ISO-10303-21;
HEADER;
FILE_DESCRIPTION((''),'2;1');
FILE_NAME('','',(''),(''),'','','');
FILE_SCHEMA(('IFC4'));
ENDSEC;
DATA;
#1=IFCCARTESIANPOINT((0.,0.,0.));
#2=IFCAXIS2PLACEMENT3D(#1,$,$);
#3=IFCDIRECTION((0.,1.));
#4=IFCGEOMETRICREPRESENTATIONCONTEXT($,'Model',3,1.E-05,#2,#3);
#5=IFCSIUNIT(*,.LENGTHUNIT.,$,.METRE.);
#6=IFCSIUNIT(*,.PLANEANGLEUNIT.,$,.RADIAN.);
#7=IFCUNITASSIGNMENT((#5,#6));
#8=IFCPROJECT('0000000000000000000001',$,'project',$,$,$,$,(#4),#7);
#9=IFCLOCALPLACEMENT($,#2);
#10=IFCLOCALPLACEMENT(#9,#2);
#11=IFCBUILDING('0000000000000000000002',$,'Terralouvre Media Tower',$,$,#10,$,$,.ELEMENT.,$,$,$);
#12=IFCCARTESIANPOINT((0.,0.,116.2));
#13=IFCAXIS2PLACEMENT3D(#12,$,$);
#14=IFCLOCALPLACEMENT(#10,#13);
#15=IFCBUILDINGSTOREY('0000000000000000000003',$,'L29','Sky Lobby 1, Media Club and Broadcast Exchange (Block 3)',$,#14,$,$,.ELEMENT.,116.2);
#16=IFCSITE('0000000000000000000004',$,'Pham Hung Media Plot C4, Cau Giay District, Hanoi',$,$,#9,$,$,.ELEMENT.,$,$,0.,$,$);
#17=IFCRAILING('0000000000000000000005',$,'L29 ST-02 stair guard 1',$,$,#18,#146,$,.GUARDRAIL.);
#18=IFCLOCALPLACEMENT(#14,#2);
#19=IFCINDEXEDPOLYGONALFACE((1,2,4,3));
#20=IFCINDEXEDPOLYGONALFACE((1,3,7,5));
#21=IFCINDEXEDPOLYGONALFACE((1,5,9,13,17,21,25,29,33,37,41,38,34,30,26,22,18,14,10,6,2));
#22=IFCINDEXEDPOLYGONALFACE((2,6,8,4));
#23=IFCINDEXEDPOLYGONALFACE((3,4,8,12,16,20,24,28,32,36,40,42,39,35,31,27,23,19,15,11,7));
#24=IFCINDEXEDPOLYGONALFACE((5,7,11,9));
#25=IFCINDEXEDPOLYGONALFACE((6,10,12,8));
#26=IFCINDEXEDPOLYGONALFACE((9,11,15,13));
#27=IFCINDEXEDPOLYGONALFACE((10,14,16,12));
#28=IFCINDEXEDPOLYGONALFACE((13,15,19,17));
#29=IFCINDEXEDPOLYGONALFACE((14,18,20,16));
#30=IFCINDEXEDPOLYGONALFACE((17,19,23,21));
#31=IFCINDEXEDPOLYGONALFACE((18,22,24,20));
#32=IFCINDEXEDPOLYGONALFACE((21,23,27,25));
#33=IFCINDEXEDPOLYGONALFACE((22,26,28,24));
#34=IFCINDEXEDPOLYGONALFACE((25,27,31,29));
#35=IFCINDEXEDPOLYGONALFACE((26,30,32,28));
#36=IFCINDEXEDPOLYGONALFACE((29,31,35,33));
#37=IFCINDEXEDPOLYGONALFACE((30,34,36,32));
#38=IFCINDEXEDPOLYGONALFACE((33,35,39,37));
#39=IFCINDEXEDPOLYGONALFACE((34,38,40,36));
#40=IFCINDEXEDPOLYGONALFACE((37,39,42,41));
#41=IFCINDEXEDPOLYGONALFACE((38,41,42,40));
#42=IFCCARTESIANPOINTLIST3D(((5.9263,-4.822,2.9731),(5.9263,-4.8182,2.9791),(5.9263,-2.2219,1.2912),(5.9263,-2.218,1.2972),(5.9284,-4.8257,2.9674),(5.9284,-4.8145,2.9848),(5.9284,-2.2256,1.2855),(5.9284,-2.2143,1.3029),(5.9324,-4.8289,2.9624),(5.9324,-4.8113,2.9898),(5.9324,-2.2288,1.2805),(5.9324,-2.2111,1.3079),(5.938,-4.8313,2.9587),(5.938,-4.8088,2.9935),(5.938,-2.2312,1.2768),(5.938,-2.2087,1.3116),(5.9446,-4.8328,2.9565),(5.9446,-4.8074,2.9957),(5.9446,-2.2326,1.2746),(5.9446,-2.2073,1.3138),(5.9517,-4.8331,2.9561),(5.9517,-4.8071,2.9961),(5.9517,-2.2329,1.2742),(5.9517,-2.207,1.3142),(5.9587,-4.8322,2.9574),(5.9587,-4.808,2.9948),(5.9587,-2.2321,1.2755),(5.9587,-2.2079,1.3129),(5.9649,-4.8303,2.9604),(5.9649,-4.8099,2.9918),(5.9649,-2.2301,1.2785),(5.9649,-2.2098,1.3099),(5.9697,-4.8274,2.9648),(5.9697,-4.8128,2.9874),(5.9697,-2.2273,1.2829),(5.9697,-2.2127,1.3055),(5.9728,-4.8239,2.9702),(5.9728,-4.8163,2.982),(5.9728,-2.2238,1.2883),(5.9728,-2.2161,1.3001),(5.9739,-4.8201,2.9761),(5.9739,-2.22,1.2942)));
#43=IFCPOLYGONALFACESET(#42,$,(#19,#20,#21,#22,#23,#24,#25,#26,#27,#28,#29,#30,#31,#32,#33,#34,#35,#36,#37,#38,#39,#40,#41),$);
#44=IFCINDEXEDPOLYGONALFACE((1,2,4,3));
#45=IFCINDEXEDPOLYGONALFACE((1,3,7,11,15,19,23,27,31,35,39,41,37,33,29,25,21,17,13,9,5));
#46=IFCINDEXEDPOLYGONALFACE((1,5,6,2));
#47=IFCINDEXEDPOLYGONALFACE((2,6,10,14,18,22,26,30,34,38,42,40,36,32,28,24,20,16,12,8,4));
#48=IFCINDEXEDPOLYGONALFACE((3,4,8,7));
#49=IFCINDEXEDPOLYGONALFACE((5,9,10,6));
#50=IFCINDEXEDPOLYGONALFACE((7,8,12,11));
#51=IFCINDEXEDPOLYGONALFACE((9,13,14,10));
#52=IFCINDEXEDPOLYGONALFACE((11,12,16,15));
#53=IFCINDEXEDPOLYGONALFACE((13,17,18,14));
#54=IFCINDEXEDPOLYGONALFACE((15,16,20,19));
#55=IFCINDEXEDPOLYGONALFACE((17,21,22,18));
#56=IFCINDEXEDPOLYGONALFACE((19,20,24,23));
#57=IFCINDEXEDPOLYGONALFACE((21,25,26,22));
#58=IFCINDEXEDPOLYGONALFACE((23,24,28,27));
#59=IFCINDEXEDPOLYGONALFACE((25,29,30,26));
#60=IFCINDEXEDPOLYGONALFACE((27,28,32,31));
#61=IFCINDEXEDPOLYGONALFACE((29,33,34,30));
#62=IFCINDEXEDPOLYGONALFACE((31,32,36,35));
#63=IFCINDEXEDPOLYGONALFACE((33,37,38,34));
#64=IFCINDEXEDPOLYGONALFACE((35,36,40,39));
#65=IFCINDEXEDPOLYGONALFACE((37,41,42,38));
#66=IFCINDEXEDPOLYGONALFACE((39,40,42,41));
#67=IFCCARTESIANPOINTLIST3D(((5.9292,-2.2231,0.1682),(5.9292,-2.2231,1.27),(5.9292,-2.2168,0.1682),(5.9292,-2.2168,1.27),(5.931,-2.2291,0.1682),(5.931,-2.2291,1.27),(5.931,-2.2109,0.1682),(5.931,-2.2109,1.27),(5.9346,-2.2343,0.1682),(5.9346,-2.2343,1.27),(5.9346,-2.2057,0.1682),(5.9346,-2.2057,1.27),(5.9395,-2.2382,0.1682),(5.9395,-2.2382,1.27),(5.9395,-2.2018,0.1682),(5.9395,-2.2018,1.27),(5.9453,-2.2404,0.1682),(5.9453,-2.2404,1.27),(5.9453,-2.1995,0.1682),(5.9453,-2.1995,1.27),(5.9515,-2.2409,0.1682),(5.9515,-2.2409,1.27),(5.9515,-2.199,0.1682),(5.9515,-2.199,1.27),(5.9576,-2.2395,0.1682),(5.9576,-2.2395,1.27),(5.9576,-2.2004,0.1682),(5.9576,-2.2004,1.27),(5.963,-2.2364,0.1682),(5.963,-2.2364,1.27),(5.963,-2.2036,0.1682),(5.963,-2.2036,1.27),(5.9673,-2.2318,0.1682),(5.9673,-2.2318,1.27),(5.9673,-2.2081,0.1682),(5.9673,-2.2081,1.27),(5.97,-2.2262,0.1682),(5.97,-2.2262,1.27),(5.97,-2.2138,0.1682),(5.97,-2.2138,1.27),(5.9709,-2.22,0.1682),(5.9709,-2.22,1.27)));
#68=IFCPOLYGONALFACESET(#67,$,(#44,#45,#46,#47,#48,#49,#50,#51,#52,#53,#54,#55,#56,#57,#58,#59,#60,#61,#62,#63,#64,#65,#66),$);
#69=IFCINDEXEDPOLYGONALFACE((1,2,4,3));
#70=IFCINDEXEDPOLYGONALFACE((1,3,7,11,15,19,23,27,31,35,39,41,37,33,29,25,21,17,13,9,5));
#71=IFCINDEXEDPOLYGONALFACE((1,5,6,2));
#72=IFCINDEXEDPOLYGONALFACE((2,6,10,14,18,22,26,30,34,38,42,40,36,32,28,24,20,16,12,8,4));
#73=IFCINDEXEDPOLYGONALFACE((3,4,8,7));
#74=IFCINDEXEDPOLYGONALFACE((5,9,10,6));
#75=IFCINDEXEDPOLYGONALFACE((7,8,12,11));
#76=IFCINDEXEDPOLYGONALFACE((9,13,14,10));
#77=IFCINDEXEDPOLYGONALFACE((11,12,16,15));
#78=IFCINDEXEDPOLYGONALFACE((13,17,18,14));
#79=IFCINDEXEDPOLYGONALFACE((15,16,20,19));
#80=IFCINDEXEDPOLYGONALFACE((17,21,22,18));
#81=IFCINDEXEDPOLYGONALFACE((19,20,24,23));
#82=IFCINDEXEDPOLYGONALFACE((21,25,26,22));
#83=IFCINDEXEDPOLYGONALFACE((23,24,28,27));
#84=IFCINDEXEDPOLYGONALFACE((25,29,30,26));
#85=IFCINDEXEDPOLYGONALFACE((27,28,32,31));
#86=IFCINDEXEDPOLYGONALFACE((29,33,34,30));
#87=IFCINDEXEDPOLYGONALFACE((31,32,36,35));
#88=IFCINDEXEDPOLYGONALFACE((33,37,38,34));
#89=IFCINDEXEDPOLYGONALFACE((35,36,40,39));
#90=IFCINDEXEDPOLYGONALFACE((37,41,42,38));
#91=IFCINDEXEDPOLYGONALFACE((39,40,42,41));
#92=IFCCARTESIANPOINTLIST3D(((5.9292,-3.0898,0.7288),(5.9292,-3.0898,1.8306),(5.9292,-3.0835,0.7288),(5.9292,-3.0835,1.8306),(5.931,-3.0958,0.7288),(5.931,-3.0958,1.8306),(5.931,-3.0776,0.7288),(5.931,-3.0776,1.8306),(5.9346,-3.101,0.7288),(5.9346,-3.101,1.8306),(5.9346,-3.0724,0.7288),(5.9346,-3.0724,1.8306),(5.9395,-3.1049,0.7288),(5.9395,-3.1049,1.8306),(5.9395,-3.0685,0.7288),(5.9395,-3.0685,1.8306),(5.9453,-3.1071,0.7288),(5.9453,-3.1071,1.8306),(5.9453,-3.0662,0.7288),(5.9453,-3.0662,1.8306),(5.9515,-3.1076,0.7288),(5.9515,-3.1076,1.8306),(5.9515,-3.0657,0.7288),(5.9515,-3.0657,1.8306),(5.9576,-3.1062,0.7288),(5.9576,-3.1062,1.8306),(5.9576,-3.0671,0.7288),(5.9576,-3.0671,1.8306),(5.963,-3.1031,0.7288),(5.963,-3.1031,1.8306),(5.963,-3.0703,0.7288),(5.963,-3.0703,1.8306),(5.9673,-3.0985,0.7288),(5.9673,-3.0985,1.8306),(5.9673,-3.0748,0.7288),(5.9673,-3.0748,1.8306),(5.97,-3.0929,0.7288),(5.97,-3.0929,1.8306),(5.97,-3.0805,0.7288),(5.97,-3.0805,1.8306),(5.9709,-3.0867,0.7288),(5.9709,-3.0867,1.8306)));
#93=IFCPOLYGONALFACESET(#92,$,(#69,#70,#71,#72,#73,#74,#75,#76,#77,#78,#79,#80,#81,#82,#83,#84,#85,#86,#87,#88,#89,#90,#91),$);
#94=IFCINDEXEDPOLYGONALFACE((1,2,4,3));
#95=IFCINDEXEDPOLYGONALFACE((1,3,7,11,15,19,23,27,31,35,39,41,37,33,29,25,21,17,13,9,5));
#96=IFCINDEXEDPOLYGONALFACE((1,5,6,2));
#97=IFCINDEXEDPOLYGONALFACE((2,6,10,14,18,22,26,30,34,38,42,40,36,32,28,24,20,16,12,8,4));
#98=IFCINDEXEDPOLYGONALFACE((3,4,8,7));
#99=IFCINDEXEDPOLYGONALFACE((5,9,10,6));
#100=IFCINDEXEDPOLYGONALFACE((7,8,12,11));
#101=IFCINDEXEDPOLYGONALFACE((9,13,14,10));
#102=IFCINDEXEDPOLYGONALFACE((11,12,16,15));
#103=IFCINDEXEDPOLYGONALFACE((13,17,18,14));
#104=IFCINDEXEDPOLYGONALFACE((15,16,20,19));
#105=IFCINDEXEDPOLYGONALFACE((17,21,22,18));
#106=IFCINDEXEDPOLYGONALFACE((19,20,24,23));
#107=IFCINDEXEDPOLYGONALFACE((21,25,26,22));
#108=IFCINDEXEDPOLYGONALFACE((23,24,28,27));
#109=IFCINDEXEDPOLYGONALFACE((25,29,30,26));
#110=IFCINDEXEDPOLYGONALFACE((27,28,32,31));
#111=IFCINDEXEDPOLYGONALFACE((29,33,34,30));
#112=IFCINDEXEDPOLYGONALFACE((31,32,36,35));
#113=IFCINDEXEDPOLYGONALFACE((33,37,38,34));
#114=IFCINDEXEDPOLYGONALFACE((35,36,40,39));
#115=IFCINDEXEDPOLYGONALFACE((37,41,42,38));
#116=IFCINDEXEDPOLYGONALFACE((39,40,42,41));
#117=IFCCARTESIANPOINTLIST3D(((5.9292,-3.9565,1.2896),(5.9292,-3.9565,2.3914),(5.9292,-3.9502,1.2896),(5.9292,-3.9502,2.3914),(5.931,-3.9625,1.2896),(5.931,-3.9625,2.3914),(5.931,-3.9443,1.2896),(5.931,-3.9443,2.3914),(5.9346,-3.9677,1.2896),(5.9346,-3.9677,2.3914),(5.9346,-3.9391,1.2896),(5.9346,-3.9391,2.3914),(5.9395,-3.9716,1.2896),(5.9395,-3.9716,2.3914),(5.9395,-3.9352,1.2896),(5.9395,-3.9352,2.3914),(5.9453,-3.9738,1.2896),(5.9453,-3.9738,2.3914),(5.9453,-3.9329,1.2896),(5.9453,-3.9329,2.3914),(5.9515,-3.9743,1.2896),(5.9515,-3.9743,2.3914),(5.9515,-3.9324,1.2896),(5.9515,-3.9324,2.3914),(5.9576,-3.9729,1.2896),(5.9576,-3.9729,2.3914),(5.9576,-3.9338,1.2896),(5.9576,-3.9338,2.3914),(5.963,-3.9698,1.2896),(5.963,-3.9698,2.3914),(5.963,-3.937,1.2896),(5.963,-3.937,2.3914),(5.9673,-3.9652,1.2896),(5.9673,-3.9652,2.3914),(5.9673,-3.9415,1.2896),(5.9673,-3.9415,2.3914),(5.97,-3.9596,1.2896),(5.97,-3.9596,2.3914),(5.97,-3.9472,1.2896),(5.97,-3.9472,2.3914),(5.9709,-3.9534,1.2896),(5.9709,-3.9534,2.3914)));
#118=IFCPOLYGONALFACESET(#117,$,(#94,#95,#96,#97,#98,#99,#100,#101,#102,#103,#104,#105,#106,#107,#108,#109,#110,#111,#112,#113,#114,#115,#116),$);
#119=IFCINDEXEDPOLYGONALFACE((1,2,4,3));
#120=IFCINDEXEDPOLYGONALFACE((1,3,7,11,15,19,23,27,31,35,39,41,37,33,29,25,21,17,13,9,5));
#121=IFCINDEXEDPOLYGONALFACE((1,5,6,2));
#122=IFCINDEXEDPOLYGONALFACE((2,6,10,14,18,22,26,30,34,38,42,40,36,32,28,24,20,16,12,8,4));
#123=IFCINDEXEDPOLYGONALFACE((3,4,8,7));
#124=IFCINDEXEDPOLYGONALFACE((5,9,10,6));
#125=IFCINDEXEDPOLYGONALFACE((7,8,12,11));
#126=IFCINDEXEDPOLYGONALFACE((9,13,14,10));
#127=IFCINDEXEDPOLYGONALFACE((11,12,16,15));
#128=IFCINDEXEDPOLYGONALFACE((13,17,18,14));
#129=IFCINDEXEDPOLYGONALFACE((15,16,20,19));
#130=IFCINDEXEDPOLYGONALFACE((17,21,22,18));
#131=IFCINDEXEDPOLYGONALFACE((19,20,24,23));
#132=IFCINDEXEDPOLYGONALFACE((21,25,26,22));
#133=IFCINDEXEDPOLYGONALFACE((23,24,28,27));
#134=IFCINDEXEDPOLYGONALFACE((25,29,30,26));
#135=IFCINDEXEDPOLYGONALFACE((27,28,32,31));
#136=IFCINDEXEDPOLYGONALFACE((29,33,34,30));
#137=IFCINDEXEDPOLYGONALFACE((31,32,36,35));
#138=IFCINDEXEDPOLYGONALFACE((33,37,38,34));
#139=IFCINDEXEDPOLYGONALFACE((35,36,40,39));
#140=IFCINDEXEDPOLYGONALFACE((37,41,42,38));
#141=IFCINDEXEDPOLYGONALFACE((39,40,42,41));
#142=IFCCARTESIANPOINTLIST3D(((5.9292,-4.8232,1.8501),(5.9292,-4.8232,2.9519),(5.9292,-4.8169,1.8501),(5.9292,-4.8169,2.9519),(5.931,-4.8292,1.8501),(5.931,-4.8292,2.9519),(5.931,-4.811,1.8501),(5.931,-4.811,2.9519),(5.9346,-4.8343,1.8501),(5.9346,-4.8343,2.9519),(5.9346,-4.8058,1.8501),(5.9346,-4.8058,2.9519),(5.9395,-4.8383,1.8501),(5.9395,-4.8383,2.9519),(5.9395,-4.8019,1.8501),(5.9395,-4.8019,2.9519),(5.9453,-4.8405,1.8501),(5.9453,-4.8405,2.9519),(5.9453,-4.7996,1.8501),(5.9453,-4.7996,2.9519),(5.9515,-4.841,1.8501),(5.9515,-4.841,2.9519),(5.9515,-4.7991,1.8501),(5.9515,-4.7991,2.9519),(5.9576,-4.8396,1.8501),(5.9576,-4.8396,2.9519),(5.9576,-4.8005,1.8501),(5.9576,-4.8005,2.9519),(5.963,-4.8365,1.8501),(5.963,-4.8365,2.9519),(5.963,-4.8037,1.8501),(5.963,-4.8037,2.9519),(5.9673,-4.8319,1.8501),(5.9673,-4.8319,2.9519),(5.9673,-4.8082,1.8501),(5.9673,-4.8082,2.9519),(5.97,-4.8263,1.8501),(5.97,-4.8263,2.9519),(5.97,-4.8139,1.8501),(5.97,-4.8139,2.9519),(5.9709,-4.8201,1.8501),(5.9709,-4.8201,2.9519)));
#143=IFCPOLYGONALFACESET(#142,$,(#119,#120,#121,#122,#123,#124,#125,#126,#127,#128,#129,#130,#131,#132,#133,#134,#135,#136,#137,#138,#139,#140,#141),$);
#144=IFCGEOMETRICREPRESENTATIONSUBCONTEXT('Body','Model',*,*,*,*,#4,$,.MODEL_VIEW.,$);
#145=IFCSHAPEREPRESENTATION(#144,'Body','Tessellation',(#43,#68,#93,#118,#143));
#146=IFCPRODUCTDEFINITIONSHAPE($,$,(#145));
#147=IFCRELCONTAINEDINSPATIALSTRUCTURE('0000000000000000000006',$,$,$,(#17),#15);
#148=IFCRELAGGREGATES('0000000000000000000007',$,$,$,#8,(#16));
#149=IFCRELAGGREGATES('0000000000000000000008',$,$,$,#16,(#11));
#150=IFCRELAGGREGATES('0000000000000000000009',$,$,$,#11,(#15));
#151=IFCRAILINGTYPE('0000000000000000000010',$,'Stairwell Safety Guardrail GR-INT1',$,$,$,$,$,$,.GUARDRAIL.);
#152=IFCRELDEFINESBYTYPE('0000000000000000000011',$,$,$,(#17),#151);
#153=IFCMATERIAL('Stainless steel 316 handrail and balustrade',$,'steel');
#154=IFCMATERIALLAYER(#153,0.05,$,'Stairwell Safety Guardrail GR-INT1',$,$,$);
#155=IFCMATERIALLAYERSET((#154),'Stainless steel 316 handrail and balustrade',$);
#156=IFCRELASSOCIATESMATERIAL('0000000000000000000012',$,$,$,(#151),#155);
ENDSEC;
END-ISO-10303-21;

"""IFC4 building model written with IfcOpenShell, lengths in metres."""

from ifc_helpers import new_model, si_unit, direction, frame, origin, origin_2d, place, context, subcontext, project, spatial, circle, extrude, material, layer, layer_set, type_object, element, save


model = new_model("IFC4")

# Units and contexts
model_context = context("Model", 3, precision=1e-05, world=origin(), true_north=direction((0.0, 1.0)))
body_context = subcontext(model_context, "Body", "Model", "MODEL_VIEW")
ifc_project = project(units=[si_unit("LENGTHUNIT", "METRE"), si_unit("PLANEANGLEUNIT", "RADIAN")], contexts=[model_context])

# Site, building, storey
site_placement = place(None, origin())
site = spatial("IfcSite", under=ifc_project, at=site_placement, Name="Pham Hung Media Plot C4, Cau Giay District, Hanoi", CompositionType="ELEMENT", RefElevation=0.0)
building_placement = place(site_placement, origin())
building = spatial("IfcBuilding", under=site, at=building_placement, Name="Terralouvre Media Tower", CompositionType="ELEMENT")
storey_placement = place(building_placement, frame((0.0, 0.0, 116.2)))
storey = spatial("IfcBuildingStorey", under=building, at=storey_placement, Name="L29", Description="Sky Lobby 1, Media Club and Broadcast Exchange (Block 3)", CompositionType="ELEMENT", Elevation=116.2)

# Railing
ifc_material_1 = material(Name="Stainless steel 316 handrail and balustrade", Category="steel")
ifc_layer_1 = layer(ifc_material_1, 0.05, Name="Stairwell Safety Guardrail GR-INT1")
ifc_layer_set_1 = layer_set([ifc_layer_1], Name="Stainless steel 316 handrail and balustrade")
railing_type_1 = type_object("IfcRailingType", Name="Stairwell Safety Guardrail GR-INT1", PredefinedType="GUARDRAIL", material=ifc_layer_set_1)
railing_1_placement = place(storey_placement, frame((5.95, -2.22, 0.1682)))
element("IfcRailing", 1, at=railing_1_placement, inside=storey, type_object=railing_type_1, Name="L29 ST-02 stair guard 1", PredefinedType="GUARDRAIL", context=body_context, shape_type="SweptSolid", body=[
    extrude(circle(Radius=0.0239, at=origin_2d()), frame((0.0, 0.0, 1.126), z_axis=(0.0, -0.839648, 0.54313), x_axis=(1.0, 0.0, 0.0)), (0.0, 0.0, 1.0), 3.0967),
    extrude(circle(Radius=0.021, at=origin_2d()), origin(), (0.0, 0.0, 1.0), 1.1018),
    extrude(circle(Radius=0.021, at=origin_2d()), frame((0.0, -0.8667, 0.5605)), (0.0, 0.0, 1.0), 1.1018),
    extrude(circle(Radius=0.021, at=origin_2d()), frame((0.0, -1.7334, 1.1213)), (0.0, 0.0, 1.0), 1.1018),
    extrude(circle(Radius=0.021, at=origin_2d()), frame((0.0, -2.6001, 1.6819)), (0.0, 0.0, 1.0), 1.1018),
])

save(model, "model.ifc")
